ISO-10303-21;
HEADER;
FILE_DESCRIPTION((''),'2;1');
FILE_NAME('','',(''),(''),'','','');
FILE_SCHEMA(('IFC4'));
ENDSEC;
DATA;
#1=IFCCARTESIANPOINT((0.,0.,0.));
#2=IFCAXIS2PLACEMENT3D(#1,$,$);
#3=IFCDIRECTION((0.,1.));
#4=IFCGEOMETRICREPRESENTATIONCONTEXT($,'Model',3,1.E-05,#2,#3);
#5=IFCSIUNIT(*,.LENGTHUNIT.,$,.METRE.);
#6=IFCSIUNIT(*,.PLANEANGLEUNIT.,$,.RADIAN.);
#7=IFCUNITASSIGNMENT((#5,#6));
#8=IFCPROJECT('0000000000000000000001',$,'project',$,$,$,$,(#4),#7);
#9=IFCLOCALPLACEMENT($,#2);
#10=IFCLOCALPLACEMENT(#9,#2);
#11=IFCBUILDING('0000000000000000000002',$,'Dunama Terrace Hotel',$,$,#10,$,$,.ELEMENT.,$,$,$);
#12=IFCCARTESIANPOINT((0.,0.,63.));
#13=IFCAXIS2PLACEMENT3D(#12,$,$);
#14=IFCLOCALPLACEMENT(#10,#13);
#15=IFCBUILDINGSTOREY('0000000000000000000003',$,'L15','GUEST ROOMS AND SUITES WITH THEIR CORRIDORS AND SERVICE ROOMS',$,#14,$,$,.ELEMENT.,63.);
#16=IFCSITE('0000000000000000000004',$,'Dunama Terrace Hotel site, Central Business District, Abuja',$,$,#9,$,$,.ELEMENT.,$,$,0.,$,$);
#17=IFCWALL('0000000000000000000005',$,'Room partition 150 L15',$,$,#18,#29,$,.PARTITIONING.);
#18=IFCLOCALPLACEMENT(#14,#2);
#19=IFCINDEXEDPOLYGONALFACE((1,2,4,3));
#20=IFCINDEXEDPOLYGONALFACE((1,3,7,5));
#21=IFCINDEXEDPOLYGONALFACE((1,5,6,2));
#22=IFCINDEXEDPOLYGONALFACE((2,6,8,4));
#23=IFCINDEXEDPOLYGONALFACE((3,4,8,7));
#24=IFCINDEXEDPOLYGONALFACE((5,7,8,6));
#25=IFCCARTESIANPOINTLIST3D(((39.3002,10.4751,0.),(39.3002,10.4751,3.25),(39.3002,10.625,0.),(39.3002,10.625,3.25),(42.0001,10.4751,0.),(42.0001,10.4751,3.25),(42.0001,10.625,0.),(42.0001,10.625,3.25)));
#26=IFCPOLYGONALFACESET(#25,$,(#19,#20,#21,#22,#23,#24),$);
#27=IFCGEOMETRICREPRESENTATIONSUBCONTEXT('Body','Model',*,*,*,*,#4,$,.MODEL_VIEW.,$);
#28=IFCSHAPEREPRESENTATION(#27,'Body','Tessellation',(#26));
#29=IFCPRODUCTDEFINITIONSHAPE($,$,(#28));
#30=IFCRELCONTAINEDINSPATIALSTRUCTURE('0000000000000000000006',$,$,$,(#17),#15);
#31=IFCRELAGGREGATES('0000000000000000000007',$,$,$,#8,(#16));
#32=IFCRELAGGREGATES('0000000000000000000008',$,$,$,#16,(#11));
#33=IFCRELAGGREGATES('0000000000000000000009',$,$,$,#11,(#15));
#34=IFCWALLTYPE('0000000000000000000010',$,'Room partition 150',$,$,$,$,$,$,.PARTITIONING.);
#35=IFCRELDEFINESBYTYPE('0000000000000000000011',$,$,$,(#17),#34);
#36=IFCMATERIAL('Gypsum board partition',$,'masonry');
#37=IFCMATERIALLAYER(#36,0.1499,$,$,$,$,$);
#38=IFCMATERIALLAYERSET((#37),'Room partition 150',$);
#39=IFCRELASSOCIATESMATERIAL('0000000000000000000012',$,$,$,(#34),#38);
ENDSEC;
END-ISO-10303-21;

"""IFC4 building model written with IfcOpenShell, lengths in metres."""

from ifc_helpers import new_model, si_unit, direction, frame, frame_2d, origin, place, context, subcontext, project, spatial, rectangle, extrude, material, layer, layer_set, type_object, element, save


model = new_model("IFC4")

# Units and contexts
model_context = context("Model", 3, precision=1e-05, world=origin(), true_north=direction((0.0, 1.0)))
body_context = subcontext(model_context, "Body", "Model", "MODEL_VIEW")
ifc_project = project(units=[si_unit("LENGTHUNIT", "METRE"), si_unit("PLANEANGLEUNIT", "RADIAN")], contexts=[model_context])

# Site, building, storey
site_placement = place(None, origin())
site = spatial("IfcSite", under=ifc_project, at=site_placement, Name="Dunama Terrace Hotel site, Central Business District, Abuja", CompositionType="ELEMENT", RefElevation=0.0)
building_placement = place(site_placement, origin())
building = spatial("IfcBuilding", under=site, at=building_placement, Name="Dunama Terrace Hotel", CompositionType="ELEMENT")
storey_placement = place(building_placement, frame((0.0, 0.0, 63.0)))
storey = spatial("IfcBuildingStorey", under=building, at=storey_placement, Name="L15", Description="GUEST ROOMS AND SUITES WITH THEIR CORRIDORS AND SERVICE ROOMS", CompositionType="ELEMENT", Elevation=63.0)

# Shared definitions
ifc_material_1 = material(Name="Gypsum board partition", Category="masonry")
ifc_layer_1 = layer(ifc_material_1, 0.1499)
ifc_layer_set_1 = layer_set([ifc_layer_1], Name="Room partition 150")
wall_type_1 = type_object("IfcWallType", Name="Room partition 150", PredefinedType="PARTITIONING", material=ifc_layer_set_1)

# Wall
wall_1_placement = place(storey_placement, frame((39.3, 10.55, 0.0), z_axis=(0.0, 0.0, 1.0), x_axis=(1.0, 0.0, 0.0)))
element("IfcWall", 1, at=wall_1_placement, inside=storey, type_object=wall_type_1, Name="Room partition 150 L15", PredefinedType="PARTITIONING", context=body_context, shape_type="SweptSolid", body=[
    extrude(rectangle(XDim=2.7, YDim=0.1499, at=frame_2d((1.3501, 0.0))), origin(), (0.0, 0.0, 1.0), 3.25),
])

save(model, "model.ifc")
